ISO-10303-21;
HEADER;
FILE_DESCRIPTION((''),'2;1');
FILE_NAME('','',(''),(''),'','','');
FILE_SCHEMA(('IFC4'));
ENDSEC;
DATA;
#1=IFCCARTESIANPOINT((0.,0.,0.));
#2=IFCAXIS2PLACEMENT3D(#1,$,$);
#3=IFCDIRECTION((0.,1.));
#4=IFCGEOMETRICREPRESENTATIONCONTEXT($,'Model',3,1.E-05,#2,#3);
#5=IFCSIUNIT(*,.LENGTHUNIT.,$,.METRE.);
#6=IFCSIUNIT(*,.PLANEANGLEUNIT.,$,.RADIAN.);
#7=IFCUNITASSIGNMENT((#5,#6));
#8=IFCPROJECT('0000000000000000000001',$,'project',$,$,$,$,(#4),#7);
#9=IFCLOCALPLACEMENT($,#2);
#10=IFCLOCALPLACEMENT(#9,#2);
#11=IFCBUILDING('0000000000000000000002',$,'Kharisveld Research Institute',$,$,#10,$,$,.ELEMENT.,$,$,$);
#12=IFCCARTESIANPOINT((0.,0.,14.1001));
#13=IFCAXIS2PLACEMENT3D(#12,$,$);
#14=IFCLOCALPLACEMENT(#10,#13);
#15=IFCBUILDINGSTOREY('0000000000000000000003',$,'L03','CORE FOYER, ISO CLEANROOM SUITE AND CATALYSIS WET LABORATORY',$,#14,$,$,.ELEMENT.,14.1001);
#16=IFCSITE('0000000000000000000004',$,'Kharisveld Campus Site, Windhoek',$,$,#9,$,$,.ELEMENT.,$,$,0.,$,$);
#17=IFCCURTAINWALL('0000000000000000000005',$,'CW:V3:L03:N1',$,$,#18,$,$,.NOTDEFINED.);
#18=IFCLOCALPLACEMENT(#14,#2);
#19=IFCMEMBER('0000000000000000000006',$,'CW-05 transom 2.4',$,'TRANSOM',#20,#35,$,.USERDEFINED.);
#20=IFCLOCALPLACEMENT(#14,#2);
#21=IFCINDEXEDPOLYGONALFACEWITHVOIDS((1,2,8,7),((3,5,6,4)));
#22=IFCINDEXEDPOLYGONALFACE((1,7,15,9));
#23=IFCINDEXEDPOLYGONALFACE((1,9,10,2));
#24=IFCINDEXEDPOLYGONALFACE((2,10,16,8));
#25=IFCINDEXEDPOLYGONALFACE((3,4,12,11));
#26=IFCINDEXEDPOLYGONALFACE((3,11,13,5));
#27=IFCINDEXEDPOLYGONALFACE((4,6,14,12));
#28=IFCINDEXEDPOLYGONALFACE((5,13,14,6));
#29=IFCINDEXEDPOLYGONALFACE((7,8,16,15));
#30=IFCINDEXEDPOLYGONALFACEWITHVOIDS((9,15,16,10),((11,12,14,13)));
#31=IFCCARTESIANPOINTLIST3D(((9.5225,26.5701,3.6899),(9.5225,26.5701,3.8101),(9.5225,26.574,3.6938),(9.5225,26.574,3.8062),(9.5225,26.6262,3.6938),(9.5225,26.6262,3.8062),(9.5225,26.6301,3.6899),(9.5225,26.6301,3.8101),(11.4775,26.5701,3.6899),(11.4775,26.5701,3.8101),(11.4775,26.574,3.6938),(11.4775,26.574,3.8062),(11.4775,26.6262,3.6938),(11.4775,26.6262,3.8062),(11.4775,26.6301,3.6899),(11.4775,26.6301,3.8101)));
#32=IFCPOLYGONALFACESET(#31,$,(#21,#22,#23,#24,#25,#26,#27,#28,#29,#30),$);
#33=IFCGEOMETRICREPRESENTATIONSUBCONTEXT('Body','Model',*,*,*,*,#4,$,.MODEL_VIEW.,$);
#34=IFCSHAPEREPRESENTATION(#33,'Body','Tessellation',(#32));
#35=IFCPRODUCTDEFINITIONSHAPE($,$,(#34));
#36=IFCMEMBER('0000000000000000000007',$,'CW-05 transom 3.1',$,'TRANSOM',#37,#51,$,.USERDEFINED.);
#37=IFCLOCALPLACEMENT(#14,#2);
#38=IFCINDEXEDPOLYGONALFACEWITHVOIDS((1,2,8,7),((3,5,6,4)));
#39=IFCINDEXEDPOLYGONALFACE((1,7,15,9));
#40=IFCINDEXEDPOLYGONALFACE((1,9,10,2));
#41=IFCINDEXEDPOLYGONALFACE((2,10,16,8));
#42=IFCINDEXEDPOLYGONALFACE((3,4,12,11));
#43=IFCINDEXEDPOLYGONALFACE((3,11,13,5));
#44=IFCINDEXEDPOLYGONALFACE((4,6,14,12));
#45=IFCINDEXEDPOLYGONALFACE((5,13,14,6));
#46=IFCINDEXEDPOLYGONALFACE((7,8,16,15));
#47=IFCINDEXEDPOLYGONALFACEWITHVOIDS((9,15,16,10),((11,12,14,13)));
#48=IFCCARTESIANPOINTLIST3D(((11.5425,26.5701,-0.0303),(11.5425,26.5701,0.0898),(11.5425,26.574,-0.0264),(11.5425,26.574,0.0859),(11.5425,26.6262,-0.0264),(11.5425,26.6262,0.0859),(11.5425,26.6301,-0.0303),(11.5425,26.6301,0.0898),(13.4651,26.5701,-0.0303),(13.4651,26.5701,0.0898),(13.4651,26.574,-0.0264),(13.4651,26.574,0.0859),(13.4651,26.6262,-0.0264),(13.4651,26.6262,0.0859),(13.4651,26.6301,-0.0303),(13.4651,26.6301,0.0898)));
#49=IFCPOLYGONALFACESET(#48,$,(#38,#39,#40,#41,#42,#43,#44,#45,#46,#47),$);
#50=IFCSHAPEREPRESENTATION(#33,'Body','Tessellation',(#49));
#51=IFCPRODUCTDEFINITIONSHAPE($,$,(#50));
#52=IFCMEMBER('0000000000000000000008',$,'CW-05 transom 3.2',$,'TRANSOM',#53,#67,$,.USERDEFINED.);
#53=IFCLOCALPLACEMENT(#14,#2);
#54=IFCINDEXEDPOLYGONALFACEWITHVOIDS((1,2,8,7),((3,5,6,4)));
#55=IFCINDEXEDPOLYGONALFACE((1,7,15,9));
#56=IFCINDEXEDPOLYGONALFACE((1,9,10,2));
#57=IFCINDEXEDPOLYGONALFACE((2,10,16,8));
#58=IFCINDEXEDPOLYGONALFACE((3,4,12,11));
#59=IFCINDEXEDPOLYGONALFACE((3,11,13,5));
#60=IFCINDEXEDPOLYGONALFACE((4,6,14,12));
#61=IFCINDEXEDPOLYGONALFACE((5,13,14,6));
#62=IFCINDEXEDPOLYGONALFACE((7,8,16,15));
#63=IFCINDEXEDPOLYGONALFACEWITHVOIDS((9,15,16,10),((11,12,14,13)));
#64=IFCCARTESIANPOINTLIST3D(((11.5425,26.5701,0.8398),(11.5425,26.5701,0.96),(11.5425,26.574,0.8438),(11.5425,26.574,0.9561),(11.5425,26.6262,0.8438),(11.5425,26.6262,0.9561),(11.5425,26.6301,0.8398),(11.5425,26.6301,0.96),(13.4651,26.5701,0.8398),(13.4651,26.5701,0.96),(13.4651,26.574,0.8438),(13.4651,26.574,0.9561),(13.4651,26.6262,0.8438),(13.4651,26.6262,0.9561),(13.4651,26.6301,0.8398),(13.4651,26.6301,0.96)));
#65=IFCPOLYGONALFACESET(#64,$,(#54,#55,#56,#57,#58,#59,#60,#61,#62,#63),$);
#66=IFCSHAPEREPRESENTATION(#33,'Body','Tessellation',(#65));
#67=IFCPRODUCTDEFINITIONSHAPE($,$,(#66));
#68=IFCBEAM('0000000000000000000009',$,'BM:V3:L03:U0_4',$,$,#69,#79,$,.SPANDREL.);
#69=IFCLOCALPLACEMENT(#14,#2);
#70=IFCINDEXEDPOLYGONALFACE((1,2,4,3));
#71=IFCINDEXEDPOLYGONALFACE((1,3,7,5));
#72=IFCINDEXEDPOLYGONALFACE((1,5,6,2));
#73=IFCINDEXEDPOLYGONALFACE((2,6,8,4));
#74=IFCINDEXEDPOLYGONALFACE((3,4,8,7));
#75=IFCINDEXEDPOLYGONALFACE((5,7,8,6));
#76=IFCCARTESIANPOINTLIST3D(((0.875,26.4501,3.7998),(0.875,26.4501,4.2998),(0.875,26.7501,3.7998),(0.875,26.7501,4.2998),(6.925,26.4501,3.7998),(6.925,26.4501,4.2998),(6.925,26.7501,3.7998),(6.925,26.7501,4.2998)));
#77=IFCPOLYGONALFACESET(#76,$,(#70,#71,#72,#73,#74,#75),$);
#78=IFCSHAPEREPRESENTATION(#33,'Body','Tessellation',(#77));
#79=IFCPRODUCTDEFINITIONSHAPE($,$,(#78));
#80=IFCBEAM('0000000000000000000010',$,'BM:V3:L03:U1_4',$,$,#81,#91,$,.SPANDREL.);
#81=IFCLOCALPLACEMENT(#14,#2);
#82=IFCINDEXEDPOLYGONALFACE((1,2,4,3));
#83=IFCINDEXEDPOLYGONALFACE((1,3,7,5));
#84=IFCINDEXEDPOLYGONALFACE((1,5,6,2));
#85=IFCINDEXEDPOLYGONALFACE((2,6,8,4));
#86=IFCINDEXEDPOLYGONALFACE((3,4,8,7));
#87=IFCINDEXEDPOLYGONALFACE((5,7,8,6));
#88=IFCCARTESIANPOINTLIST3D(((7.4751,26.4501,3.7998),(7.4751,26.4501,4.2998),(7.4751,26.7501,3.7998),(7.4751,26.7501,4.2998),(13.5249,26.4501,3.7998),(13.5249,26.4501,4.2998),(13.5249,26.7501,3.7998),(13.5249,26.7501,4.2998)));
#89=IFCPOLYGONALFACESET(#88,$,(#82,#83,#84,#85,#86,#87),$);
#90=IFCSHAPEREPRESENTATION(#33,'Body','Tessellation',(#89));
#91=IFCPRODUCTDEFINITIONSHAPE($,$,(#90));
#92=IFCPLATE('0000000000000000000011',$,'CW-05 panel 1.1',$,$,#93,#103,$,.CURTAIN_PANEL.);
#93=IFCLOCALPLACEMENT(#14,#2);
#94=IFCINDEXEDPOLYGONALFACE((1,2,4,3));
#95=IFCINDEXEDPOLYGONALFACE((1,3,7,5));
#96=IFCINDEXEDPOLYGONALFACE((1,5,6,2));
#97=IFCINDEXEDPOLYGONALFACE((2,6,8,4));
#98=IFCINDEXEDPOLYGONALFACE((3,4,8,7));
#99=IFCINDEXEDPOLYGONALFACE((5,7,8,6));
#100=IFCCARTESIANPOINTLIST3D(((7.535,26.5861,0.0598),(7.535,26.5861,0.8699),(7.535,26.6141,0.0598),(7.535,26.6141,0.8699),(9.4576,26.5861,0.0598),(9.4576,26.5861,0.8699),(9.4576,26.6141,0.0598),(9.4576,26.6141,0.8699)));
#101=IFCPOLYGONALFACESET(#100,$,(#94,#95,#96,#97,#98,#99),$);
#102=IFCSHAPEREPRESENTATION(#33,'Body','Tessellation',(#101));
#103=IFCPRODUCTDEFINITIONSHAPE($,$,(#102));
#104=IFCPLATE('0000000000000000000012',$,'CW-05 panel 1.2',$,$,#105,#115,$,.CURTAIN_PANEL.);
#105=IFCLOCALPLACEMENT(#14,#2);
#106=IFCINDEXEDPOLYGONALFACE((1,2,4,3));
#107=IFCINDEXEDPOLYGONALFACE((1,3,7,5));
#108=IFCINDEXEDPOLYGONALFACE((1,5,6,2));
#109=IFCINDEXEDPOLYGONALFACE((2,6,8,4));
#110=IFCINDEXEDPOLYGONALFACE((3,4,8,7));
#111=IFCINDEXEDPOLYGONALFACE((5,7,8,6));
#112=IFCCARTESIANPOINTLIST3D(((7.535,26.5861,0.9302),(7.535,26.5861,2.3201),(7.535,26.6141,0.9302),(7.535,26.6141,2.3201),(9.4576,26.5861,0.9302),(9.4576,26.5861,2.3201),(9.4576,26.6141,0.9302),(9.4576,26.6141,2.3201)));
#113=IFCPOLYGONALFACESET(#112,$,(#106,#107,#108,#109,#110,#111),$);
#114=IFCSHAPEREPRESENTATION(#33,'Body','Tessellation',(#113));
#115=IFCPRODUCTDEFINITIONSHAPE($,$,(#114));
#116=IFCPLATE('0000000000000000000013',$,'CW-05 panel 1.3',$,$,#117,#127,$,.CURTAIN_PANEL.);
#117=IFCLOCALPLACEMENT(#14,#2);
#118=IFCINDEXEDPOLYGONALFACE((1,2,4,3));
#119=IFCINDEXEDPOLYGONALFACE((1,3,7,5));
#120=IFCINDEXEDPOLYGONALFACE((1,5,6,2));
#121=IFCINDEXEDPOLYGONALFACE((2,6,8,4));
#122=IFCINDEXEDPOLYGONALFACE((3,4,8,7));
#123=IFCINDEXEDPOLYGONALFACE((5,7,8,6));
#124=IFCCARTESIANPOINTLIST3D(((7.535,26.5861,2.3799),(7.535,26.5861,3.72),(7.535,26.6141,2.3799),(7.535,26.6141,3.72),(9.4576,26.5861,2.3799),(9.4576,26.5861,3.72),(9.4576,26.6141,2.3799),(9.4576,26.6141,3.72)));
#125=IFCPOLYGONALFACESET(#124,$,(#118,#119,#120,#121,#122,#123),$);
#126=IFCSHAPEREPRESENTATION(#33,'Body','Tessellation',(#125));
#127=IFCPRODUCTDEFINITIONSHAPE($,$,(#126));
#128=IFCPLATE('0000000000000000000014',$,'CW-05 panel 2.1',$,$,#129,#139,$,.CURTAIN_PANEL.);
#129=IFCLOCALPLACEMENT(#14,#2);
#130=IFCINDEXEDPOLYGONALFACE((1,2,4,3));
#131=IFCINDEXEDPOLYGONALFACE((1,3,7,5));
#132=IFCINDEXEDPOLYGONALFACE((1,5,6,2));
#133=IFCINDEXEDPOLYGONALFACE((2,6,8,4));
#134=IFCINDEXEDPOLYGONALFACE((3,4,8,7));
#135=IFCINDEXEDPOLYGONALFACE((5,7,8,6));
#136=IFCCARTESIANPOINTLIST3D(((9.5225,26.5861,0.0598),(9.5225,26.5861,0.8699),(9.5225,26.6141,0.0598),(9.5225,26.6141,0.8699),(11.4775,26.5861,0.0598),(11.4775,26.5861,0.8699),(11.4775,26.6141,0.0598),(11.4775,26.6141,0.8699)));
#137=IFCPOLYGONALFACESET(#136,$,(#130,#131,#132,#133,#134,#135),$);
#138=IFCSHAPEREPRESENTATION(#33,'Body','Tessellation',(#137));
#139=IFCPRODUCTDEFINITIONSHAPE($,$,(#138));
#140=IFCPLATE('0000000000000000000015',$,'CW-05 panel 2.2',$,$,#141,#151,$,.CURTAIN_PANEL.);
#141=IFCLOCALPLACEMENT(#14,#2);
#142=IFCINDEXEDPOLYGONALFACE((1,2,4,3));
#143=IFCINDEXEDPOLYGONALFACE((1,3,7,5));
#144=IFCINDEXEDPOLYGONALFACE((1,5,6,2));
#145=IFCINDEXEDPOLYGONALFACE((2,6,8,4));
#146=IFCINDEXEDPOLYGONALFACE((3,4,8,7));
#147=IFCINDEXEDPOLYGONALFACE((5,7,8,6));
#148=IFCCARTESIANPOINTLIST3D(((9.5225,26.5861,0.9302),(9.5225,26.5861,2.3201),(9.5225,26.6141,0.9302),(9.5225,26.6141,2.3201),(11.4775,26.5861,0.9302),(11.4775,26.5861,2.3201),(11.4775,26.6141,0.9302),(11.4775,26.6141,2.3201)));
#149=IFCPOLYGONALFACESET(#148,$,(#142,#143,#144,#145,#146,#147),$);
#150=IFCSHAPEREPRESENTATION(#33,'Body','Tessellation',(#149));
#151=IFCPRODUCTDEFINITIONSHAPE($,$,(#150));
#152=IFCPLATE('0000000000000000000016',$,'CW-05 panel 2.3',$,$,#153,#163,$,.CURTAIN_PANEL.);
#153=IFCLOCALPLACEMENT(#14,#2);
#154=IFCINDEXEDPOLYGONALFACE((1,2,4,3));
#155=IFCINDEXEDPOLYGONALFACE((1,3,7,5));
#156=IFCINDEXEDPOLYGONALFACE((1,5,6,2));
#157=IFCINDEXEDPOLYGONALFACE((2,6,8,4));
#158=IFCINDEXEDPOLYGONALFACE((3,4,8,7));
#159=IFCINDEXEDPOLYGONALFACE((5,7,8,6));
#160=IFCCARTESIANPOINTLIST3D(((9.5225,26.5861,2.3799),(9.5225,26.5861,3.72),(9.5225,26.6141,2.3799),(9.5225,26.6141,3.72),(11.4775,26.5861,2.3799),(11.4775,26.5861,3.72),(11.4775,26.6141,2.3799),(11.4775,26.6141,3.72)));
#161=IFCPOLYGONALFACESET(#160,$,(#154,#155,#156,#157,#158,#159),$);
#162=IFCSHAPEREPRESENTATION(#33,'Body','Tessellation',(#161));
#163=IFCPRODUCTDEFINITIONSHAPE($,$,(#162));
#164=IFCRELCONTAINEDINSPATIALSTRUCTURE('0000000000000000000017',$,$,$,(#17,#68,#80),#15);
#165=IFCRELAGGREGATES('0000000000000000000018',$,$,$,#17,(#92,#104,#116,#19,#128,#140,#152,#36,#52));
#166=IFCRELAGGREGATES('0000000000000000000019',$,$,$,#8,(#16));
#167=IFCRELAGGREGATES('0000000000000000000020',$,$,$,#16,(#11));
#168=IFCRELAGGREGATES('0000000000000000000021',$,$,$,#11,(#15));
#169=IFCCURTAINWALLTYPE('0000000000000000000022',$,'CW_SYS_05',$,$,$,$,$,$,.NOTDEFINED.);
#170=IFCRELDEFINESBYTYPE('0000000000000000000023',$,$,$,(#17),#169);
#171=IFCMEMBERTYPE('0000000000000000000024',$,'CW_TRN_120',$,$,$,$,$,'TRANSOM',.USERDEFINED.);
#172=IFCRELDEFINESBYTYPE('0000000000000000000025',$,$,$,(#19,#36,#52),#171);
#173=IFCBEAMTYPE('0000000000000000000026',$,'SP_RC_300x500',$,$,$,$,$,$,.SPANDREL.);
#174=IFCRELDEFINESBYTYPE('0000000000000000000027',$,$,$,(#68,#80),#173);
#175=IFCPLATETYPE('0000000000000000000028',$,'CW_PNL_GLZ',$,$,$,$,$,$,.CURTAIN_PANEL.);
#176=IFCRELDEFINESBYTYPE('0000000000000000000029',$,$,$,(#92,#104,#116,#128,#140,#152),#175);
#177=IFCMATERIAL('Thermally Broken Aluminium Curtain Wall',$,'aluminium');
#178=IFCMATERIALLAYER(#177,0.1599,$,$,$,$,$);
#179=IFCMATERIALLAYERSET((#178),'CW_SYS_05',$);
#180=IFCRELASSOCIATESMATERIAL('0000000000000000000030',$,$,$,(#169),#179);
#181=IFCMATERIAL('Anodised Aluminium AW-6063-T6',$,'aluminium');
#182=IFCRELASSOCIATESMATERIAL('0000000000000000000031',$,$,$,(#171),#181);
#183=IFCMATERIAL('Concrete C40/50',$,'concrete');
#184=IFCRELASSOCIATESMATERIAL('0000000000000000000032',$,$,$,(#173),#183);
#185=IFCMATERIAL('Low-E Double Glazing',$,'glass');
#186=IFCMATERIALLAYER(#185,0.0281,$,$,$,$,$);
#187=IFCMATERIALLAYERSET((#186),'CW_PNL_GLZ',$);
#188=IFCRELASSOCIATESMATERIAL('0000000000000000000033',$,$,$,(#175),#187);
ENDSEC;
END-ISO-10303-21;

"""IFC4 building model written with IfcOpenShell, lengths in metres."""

from ifc_helpers import new_model, si_unit, direction, frame, origin, origin_2d, place, context, subcontext, project, spatial, rectangle, hollow_rectangle, extrude, material, layer, layer_set, material_profile, profile_set, type_object, element, aggregate, save


model = new_model("IFC4")

# Units and contexts
model_context = context("Model", 3, precision=1e-05, world=origin(), true_north=direction((0.0, 1.0)))
body_context = subcontext(model_context, "Body", "Model", "MODEL_VIEW")
ifc_project = project(units=[si_unit("LENGTHUNIT", "METRE"), si_unit("PLANEANGLEUNIT", "RADIAN")], contexts=[model_context])

# Site, building, storey
site_placement = place(None, origin())
site = spatial("IfcSite", under=ifc_project, at=site_placement, Name="Kharisveld Campus Site, Windhoek", CompositionType="ELEMENT", RefElevation=0.0)
building_placement = place(site_placement, origin())
building = spatial("IfcBuilding", under=site, at=building_placement, Name="Kharisveld Research Institute", CompositionType="ELEMENT")
storey_placement = place(building_placement, frame((0.0, 0.0, 14.1001)))
storey = spatial("IfcBuildingStorey", under=building, at=storey_placement, Name="L03", Description="CORE FOYER, ISO CLEANROOM SUITE AND CATALYSIS WET LABORATORY", CompositionType="ELEMENT", Elevation=14.1001)

# Curtain wall, members
ifc_material_1 = material(Name="Thermally Broken Aluminium Curtain Wall", Category="aluminium")
ifc_layer_1 = layer(ifc_material_1, 0.1599)
ifc_layer_set_1 = layer_set([ifc_layer_1], Name="CW_SYS_05")
curtain_wall_type = type_object("IfcCurtainWallType", Name="CW_SYS_05", PredefinedType="NOTDEFINED", material=ifc_layer_set_1)
curtain_wall_placement = place(storey_placement, origin())
curtain_wall = element("IfcCurtainWall", 1, at=curtain_wall_placement, inside=storey, type_object=curtain_wall_type, Name="CW:V3:L03:N1", PredefinedType="NOTDEFINED")
ifc_material_2 = material(Name="Anodised Aluminium AW-6063-T6", Category="aluminium")
ifc_material_profile_1 = material_profile(ifc_material_2, hollow_rectangle(XDim=0.0601, YDim=0.1201, WallThickness=0.0039, at=origin_2d()))
ifc_profile_set_1 = profile_set([ifc_material_profile_1], Name="Anodised Aluminium AW-6063-T6")
member_type_1 = type_object("IfcMemberType", Name="CW_TRN_120", ElementType="TRANSOM", PredefinedType="USERDEFINED", material=ifc_profile_set_1)
member_1_placement = place(storey_placement, frame((9.5225, 26.6001, 3.75), z_axis=(1.0, 0.0, 0.0), x_axis=(0.0, 1.0, 0.0)))
member_1 = element("IfcMember", 2, at=member_1_placement, type_object=member_type_1, Name="CW-05 transom 2.4", ObjectType="TRANSOM", PredefinedType="USERDEFINED", context=body_context, shape_type="SweptSolid", body=[
    extrude(hollow_rectangle(XDim=0.0601, YDim=0.1201, WallThickness=0.0039, at=origin_2d()), origin(), (0.0, 0.0, 1.0), 1.9551),
])
member_2_placement = place(storey_placement, frame((11.5425, 26.6001, 0.0298), z_axis=(1.0, 0.0, 0.0), x_axis=(0.0, 1.0, 0.0)))
member_2 = element("IfcMember", 3, at=member_2_placement, type_object=member_type_1, Name="CW-05 transom 3.1", ObjectType="TRANSOM", PredefinedType="USERDEFINED", context=body_context, shape_type="SweptSolid", body=[
    extrude(hollow_rectangle(XDim=0.0601, YDim=0.1201, WallThickness=0.0039, at=origin_2d()), origin(), (0.0, 0.0, 1.0), 1.9226),
])
member_3_placement = place(storey_placement, frame((11.5425, 26.6001, 0.8999), z_axis=(1.0, 0.0, 0.0), x_axis=(0.0, 1.0, 0.0)))
member_3 = element("IfcMember", 4, at=member_3_placement, type_object=member_type_1, Name="CW-05 transom 3.2", ObjectType="TRANSOM", PredefinedType="USERDEFINED", context=body_context, shape_type="SweptSolid", body=[
    extrude(hollow_rectangle(XDim=0.0601, YDim=0.1201, WallThickness=0.0039, at=origin_2d()), origin(), (0.0, 0.0, 1.0), 1.9226),
])

# Beams
ifc_material_3 = material(Name="Concrete C40/50", Category="concrete")
ifc_material_profile_2 = material_profile(ifc_material_3, rectangle(XDim=0.3, YDim=0.5, at=origin_2d()))
ifc_profile_set_2 = profile_set([ifc_material_profile_2], Name="Concrete C40/50")
beam_type = type_object("IfcBeamType", Name="SP_RC_300x500", PredefinedType="SPANDREL", material=ifc_profile_set_2)
beam_1_placement = place(storey_placement, frame((0.875, 26.6001, 4.0498), z_axis=(1.0, 0.0, 0.0), x_axis=(0.0, 1.0, 0.0)))
element("IfcBeam", 5, at=beam_1_placement, inside=storey, type_object=beam_type, Name="BM:V3:L03:U0_4", PredefinedType="SPANDREL", context=body_context, shape_type="SweptSolid", body=[
    extrude(rectangle(XDim=0.3, YDim=0.5, at=origin_2d()), origin(), (0.0, 0.0, 1.0), 6.05),
])
beam_2_placement = place(storey_placement, frame((7.4751, 26.6001, 4.0498), z_axis=(1.0, 0.0, 0.0), x_axis=(0.0, 1.0, 0.0)))
element("IfcBeam", 6, at=beam_2_placement, inside=storey, type_object=beam_type, Name="BM:V3:L03:U1_4", PredefinedType="SPANDREL", context=body_context, shape_type="SweptSolid", body=[
    extrude(rectangle(XDim=0.3, YDim=0.5, at=origin_2d()), origin(), (0.0, 0.0, 1.0), 6.0498),
])

# Plates
ifc_material_4 = material(Name="Low-E Double Glazing", Category="glass")
ifc_layer_2 = layer(ifc_material_4, 0.0281)
ifc_layer_set_2 = layer_set([ifc_layer_2], Name="CW_PNL_GLZ")
plate_type = type_object("IfcPlateType", Name="CW_PNL_GLZ", PredefinedType="CURTAIN_PANEL", material=ifc_layer_set_2)
plate_1_placement = place(storey_placement, frame((8.4963, 26.6001, 0.0598), z_axis=(0.0, 0.0, 1.0), x_axis=(1.0, 0.0, 0.0)))
plate_1 = element("IfcPlate", 7, at=plate_1_placement, type_object=plate_type, Name="CW-05 panel 1.1", PredefinedType="CURTAIN_PANEL", context=body_context, shape_type="SweptSolid", body=[
    extrude(rectangle(XDim=1.9226, YDim=0.0281, at=origin_2d()), origin(), (0.0, 0.0, 1.0), 0.8101),
])
plate_2_placement = place(storey_placement, frame((8.4963, 26.6001, 0.9302), z_axis=(0.0, 0.0, 1.0), x_axis=(1.0, 0.0, 0.0)))
plate_2 = element("IfcPlate", 8, at=plate_2_placement, type_object=plate_type, Name="CW-05 panel 1.2", PredefinedType="CURTAIN_PANEL", context=body_context, shape_type="SweptSolid", body=[
    extrude(rectangle(XDim=1.9226, YDim=0.0281, at=origin_2d()), origin(), (0.0, 0.0, 1.0), 1.3899),
])
plate_3_placement = place(storey_placement, frame((8.4963, 26.6001, 2.3799), z_axis=(0.0, 0.0, 1.0), x_axis=(1.0, 0.0, 0.0)))
plate_3 = element("IfcPlate", 9, at=plate_3_placement, type_object=plate_type, Name="CW-05 panel 1.3", PredefinedType="CURTAIN_PANEL", context=body_context, shape_type="SweptSolid", body=[
    extrude(rectangle(XDim=1.9226, YDim=0.0281, at=origin_2d()), origin(), (0.0, 0.0, 1.0), 1.3401),
])
plate_4_placement = place(storey_placement, frame((10.5, 26.6001, 0.0598), z_axis=(0.0, 0.0, 1.0), x_axis=(1.0, 0.0, 0.0)))
plate_4 = element("IfcPlate", 10, at=plate_4_placement, type_object=plate_type, Name="CW-05 panel 2.1", PredefinedType="CURTAIN_PANEL", context=body_context, shape_type="SweptSolid", body=[
    extrude(rectangle(XDim=1.9551, YDim=0.0281, at=origin_2d()), origin(), (0.0, 0.0, 1.0), 0.8101),
])
plate_5_placement = place(storey_placement, frame((10.5, 26.6001, 0.9302), z_axis=(0.0, 0.0, 1.0), x_axis=(1.0, 0.0, 0.0)))
plate_5 = element("IfcPlate", 11, at=plate_5_placement, type_object=plate_type, Name="CW-05 panel 2.2", PredefinedType="CURTAIN_PANEL", context=body_context, shape_type="SweptSolid", body=[
    extrude(rectangle(XDim=1.9551, YDim=0.0281, at=origin_2d()), origin(), (0.0, 0.0, 1.0), 1.3899),
])
plate_6_placement = place(storey_placement, frame((10.5, 26.6001, 2.3799), z_axis=(0.0, 0.0, 1.0), x_axis=(1.0, 0.0, 0.0)))
plate_6 = element("IfcPlate", 12, at=plate_6_placement, type_object=plate_type, Name="CW-05 panel 2.3", PredefinedType="CURTAIN_PANEL", context=body_context, shape_type="SweptSolid", body=[
    extrude(rectangle(XDim=1.9551, YDim=0.0281, at=origin_2d()), origin(), (0.0, 0.0, 1.0), 1.3401),
])
aggregate(curtain_wall, [plate_1, plate_2, plate_3, member_1, plate_4, plate_5, plate_6, member_2, member_3])

save(model, "model.ifc")
